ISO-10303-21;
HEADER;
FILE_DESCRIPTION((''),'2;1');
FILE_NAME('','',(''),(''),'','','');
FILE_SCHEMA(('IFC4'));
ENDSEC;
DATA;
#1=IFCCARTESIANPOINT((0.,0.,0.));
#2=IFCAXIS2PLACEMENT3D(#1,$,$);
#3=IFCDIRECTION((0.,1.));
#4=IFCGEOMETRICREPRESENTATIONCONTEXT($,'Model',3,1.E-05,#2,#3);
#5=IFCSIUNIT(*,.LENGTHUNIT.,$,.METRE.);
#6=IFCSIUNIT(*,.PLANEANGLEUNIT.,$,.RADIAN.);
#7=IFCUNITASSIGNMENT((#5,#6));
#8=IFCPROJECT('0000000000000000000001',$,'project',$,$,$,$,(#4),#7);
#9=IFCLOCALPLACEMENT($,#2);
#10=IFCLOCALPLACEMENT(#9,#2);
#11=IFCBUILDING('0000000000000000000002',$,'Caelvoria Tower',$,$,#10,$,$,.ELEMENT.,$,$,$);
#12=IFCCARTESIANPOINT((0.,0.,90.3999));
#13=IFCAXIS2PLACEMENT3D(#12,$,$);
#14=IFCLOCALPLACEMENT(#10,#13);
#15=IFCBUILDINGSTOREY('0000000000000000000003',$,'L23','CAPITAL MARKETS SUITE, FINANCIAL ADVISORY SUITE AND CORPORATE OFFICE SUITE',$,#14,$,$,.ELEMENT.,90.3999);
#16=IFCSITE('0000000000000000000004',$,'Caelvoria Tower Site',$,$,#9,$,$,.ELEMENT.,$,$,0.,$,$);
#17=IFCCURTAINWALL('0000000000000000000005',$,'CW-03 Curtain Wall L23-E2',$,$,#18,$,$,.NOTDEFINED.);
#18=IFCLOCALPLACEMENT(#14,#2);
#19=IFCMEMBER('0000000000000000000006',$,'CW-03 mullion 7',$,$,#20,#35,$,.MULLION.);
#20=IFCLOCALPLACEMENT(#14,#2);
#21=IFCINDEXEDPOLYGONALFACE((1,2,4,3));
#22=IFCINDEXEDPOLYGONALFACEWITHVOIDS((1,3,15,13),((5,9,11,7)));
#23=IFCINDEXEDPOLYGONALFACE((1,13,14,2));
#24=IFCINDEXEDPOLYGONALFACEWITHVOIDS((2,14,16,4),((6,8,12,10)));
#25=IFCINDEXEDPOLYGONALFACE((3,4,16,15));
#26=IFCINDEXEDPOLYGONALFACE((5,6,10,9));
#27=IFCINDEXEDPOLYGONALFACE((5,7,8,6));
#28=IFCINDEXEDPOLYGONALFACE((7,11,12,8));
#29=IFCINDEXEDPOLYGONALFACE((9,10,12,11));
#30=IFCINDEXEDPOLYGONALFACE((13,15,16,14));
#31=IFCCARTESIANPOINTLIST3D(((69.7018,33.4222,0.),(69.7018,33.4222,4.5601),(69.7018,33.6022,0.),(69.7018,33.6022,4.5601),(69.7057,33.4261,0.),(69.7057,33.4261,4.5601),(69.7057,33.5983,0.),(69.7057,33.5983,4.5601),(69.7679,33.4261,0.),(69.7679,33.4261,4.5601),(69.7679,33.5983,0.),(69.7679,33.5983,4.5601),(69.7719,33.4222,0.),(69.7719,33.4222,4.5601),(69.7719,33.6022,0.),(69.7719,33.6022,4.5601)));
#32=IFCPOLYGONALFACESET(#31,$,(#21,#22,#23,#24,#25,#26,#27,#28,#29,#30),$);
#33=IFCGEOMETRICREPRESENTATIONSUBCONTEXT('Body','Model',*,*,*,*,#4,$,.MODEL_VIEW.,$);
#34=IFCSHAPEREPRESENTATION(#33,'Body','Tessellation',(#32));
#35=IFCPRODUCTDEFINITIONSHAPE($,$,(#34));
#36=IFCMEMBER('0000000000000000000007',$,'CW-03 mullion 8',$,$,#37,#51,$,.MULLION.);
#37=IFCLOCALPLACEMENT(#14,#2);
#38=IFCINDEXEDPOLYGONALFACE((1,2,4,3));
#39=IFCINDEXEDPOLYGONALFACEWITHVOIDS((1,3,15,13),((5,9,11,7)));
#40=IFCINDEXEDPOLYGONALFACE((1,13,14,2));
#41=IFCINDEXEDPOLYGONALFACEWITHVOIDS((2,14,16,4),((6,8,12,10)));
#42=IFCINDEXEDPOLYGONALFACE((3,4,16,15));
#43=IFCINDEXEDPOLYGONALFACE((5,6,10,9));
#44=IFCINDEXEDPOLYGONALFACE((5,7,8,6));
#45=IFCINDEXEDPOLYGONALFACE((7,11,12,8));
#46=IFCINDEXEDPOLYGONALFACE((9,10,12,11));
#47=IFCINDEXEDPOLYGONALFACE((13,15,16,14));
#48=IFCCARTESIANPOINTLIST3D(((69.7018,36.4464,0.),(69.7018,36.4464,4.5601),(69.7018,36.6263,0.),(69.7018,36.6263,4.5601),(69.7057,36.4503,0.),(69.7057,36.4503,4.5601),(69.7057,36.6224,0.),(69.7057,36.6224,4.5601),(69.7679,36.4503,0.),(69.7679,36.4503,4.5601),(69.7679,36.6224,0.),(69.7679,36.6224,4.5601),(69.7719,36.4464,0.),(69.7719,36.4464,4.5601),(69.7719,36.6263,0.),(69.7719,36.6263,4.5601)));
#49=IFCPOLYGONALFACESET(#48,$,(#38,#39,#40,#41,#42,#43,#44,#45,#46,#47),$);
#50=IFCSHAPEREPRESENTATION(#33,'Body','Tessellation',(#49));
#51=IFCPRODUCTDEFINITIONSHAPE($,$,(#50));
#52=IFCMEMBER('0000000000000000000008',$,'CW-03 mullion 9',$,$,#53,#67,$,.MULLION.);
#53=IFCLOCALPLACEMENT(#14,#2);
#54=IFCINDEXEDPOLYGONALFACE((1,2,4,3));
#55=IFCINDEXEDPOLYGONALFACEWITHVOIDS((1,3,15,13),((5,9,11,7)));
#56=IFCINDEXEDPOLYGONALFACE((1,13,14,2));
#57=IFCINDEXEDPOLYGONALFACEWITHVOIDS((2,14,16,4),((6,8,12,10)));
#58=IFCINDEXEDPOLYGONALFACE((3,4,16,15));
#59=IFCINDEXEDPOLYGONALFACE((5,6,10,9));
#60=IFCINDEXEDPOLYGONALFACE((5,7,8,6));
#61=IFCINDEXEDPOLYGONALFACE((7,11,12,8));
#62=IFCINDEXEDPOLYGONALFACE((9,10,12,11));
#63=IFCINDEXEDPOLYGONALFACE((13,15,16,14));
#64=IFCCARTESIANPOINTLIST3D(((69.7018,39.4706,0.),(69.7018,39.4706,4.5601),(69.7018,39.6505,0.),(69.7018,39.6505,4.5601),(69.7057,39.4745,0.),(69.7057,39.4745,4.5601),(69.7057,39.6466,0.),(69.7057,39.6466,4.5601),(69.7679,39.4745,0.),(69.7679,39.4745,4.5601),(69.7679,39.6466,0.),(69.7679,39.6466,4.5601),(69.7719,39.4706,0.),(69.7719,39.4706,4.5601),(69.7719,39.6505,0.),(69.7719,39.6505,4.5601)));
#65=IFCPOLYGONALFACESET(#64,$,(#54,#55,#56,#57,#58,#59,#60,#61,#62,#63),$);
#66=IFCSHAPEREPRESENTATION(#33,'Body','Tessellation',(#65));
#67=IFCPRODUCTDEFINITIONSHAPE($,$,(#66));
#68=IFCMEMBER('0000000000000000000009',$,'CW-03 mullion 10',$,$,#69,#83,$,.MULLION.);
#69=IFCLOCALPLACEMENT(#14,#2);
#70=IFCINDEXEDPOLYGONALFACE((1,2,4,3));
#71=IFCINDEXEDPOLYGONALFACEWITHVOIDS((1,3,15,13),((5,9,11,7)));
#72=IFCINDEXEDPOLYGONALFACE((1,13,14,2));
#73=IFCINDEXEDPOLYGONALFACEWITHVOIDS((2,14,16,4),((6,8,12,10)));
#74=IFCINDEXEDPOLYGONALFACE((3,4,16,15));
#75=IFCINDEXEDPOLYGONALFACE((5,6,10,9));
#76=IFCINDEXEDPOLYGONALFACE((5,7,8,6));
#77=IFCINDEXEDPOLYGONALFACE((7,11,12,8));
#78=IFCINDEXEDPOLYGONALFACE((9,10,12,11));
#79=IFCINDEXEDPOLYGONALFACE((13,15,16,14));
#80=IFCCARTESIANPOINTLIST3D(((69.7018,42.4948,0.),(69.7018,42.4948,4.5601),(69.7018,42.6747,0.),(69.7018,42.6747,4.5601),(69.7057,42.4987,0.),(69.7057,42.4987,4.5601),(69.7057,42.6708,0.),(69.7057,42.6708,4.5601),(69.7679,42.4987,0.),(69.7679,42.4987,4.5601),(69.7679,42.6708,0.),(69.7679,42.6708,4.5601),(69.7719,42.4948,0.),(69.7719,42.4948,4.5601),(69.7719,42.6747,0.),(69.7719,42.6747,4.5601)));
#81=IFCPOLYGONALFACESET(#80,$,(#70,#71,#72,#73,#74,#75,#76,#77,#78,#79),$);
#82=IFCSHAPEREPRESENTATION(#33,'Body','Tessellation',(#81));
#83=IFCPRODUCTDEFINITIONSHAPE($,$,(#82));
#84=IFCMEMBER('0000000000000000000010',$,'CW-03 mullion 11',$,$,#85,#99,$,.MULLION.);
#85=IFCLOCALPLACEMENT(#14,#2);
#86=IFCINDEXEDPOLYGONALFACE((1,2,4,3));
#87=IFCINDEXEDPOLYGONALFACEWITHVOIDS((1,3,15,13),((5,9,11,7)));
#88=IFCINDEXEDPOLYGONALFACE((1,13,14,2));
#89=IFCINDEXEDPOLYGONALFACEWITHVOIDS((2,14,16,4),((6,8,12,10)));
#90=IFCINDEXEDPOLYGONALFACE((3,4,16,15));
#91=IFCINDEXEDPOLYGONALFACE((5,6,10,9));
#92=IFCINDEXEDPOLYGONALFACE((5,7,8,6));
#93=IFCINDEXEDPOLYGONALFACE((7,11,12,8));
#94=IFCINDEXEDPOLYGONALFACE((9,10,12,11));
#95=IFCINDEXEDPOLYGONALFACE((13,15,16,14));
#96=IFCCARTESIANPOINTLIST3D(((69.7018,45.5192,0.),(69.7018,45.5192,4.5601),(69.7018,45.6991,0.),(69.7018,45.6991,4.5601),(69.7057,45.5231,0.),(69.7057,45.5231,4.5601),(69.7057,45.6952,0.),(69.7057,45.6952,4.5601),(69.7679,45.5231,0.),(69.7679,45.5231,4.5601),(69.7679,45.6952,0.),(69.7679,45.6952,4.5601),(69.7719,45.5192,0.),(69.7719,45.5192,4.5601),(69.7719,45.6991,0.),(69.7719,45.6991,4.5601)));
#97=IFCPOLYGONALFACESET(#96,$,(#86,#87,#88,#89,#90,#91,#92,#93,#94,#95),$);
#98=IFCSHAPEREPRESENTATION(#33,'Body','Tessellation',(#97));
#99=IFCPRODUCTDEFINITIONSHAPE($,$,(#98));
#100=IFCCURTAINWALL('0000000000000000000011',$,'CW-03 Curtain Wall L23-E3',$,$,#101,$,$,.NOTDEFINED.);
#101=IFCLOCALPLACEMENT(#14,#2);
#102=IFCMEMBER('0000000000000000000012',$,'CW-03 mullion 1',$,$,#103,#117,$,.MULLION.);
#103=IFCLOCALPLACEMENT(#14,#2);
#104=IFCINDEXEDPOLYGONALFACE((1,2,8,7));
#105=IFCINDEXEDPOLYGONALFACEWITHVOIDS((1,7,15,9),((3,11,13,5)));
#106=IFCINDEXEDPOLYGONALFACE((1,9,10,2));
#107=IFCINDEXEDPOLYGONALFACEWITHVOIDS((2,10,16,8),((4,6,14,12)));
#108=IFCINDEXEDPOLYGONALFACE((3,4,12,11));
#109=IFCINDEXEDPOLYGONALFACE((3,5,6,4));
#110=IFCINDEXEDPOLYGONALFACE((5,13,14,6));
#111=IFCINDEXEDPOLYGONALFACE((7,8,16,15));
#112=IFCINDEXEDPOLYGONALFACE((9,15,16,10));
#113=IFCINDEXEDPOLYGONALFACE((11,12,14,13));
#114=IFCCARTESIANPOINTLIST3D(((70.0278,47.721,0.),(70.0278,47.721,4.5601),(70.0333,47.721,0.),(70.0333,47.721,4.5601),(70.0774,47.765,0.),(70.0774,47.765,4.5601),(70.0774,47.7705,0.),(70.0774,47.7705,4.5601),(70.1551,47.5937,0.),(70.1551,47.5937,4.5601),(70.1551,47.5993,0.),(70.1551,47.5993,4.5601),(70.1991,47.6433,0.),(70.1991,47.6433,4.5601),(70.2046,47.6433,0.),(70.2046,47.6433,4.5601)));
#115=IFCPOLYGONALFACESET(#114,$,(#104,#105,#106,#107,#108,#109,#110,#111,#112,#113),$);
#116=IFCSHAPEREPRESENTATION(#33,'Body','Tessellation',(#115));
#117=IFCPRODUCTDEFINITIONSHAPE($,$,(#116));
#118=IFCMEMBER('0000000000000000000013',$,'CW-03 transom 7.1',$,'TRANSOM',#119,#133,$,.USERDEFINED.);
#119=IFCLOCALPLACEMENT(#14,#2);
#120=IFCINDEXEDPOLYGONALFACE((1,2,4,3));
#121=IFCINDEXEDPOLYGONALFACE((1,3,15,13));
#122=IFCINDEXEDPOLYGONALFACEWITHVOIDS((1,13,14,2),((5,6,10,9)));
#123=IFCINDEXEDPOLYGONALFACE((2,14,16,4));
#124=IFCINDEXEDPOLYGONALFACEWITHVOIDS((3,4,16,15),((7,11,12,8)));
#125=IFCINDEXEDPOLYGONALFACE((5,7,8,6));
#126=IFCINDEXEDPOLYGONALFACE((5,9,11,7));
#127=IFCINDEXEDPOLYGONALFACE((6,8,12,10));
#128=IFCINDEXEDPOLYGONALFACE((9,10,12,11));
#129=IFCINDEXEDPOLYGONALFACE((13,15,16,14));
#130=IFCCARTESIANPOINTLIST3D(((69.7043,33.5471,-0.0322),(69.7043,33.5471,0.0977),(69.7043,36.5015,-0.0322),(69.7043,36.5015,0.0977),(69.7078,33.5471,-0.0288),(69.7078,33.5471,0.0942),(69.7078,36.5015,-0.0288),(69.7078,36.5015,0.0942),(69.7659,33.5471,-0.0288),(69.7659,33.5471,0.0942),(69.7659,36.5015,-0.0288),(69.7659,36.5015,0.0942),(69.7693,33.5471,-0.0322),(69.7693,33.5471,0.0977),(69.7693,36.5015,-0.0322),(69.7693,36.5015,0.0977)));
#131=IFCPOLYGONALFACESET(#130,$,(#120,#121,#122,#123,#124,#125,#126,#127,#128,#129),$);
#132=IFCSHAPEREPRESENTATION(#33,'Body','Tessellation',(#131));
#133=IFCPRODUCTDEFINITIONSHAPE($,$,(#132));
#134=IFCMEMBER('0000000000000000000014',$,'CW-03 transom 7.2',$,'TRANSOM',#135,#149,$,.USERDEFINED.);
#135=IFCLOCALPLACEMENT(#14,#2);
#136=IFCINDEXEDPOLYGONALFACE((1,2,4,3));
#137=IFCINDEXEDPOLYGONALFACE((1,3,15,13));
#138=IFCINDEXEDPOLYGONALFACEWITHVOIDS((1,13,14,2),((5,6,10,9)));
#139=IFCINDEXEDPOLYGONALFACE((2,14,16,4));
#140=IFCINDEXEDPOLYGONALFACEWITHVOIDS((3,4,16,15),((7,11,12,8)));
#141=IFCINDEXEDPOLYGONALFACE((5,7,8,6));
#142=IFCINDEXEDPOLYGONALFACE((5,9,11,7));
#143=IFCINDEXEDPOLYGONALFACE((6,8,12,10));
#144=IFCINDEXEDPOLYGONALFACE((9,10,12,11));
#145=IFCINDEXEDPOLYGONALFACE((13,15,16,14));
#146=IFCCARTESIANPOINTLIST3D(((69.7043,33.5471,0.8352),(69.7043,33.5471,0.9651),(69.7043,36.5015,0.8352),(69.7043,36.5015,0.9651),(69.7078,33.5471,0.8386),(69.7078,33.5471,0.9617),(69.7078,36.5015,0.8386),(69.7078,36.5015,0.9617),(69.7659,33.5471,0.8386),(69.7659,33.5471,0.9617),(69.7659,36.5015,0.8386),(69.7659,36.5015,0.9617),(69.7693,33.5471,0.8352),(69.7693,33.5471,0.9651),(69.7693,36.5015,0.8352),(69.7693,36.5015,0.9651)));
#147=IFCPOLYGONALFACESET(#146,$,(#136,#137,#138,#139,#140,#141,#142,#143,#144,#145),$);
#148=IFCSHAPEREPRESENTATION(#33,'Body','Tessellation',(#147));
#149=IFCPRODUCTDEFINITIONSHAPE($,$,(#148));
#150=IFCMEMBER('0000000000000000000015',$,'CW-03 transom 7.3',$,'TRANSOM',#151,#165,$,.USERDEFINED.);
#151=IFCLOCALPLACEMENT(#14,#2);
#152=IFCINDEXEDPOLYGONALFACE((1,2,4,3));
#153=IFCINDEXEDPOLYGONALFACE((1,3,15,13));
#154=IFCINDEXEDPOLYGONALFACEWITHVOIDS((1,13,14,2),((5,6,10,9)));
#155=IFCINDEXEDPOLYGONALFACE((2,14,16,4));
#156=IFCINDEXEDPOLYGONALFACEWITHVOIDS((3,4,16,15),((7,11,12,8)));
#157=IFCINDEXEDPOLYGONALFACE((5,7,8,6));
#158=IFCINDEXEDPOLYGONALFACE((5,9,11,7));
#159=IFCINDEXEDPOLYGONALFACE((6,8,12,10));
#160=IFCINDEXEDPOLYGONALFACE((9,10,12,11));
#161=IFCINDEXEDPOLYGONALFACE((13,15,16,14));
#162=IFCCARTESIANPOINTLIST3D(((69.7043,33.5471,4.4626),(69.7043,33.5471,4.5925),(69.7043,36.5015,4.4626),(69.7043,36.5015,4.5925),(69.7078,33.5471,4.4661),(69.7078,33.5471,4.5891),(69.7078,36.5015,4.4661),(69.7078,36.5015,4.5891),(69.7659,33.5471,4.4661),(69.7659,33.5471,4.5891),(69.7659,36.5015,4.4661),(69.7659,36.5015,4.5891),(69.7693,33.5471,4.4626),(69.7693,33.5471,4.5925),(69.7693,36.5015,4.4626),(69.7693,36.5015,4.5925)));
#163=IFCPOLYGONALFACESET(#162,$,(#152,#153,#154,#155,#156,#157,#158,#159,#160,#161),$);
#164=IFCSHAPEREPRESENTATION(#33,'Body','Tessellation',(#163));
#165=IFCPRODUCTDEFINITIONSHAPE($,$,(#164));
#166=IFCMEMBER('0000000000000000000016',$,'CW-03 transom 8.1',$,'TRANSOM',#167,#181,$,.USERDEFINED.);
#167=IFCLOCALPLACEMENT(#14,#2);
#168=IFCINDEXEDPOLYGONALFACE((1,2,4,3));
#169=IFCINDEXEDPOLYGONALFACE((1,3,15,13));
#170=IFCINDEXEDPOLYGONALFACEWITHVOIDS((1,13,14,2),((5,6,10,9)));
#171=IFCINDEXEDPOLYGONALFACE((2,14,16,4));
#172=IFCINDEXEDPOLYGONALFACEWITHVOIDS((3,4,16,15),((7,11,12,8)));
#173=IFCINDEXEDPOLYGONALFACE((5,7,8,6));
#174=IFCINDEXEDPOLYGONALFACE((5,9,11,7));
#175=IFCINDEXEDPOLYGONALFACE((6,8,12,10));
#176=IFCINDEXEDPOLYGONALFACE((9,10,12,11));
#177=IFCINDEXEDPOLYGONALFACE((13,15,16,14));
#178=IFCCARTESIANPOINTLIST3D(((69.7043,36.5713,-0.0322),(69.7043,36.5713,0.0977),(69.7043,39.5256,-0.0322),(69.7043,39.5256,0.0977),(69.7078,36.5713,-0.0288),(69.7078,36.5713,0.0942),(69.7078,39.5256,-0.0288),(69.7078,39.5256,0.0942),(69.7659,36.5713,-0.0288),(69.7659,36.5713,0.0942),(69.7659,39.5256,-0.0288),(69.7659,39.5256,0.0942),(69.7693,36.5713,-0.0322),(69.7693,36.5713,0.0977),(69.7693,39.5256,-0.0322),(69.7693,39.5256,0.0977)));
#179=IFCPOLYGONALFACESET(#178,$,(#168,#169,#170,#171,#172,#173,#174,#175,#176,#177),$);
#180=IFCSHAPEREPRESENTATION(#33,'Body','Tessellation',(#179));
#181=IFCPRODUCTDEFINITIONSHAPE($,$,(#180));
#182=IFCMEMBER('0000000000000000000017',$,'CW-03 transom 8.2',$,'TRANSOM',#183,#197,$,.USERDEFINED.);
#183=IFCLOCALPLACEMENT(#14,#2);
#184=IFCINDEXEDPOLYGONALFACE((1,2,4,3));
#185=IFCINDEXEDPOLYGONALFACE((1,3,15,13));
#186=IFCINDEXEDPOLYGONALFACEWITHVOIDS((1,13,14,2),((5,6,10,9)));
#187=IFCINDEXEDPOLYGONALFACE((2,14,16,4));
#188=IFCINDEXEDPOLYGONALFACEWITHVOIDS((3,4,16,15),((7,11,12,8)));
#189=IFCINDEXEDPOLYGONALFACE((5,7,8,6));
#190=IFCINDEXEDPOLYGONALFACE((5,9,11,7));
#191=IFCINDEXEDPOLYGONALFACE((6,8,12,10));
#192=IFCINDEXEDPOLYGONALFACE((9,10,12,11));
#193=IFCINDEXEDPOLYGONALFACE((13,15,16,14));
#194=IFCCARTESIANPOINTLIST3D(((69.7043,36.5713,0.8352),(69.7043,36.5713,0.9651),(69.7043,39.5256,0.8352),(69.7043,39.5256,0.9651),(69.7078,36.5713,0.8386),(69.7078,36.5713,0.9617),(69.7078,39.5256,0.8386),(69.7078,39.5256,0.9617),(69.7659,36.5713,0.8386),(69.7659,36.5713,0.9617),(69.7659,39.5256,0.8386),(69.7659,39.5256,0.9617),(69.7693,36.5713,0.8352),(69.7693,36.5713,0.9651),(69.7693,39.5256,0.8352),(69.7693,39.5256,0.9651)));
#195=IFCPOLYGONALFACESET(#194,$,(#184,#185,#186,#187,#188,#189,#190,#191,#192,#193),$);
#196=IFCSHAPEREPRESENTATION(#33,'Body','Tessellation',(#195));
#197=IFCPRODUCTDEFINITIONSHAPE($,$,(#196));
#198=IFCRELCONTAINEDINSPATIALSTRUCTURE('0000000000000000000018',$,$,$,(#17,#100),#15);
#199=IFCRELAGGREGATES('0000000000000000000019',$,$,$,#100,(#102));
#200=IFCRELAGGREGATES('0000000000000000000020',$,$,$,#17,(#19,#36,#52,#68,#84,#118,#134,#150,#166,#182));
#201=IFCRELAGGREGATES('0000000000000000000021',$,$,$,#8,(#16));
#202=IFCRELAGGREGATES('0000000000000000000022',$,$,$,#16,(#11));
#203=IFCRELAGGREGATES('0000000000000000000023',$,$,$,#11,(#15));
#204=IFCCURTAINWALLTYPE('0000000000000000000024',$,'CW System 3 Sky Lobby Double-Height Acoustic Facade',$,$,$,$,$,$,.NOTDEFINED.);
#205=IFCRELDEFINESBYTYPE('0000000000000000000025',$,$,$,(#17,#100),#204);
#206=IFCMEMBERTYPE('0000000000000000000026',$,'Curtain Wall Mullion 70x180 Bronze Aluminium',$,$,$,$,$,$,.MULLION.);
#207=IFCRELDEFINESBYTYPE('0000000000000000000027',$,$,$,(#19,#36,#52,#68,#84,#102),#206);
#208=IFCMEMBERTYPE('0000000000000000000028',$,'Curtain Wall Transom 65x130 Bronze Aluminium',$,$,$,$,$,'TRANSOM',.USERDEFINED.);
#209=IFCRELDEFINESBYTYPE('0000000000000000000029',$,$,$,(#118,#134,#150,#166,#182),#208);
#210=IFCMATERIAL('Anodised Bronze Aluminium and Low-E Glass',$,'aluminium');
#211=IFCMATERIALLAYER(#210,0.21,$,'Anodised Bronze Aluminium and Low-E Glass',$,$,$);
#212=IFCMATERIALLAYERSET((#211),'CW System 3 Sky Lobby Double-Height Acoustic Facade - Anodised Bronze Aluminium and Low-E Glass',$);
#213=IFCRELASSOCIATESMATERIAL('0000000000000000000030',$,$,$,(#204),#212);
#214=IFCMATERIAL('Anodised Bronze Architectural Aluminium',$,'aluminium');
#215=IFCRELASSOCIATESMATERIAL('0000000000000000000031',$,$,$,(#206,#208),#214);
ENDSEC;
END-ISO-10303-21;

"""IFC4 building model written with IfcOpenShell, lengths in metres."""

from ifc_helpers import new_model, si_unit, direction, frame, origin, origin_2d, place, context, subcontext, project, spatial, hollow_rectangle, extrude, material, layer, layer_set, material_profile, profile_set, type_object, element, aggregate, save


model = new_model("IFC4")

# Units and contexts
model_context = context("Model", 3, precision=1e-05, world=origin(), true_north=direction((0.0, 1.0)))
body_context = subcontext(model_context, "Body", "Model", "MODEL_VIEW")
ifc_project = project(units=[si_unit("LENGTHUNIT", "METRE"), si_unit("PLANEANGLEUNIT", "RADIAN")], contexts=[model_context])

# Site, building, storey
site_placement = place(None, origin())
site = spatial("IfcSite", under=ifc_project, at=site_placement, Name="Caelvoria Tower Site", CompositionType="ELEMENT", RefElevation=0.0)
building_placement = place(site_placement, origin())
building = spatial("IfcBuilding", under=site, at=building_placement, Name="Caelvoria Tower", CompositionType="ELEMENT")
storey_placement = place(building_placement, frame((0.0, 0.0, 90.3999)))
storey = spatial("IfcBuildingStorey", under=building, at=storey_placement, Name="L23", Description="CAPITAL MARKETS SUITE, FINANCIAL ADVISORY SUITE AND CORPORATE OFFICE SUITE", CompositionType="ELEMENT", Elevation=90.3999)

# Curtain wall, members
ifc_material_1 = material(Name="Anodised Bronze Aluminium and Low-E Glass", Category="aluminium")
ifc_layer_1 = layer(ifc_material_1, 0.21, Name="Anodised Bronze Aluminium and Low-E Glass")
ifc_layer_set_1 = layer_set([ifc_layer_1], Name="CW System 3 Sky Lobby Double-Height Acoustic Facade - Anodised Bronze Aluminium and Low-E Glass")
curtain_wall_type = type_object("IfcCurtainWallType", Name="CW System 3 Sky Lobby Double-Height Acoustic Facade", PredefinedType="NOTDEFINED", material=ifc_layer_set_1)
curtain_wall_1_placement = place(storey_placement, origin())
curtain_wall_1 = element("IfcCurtainWall", 1, at=curtain_wall_1_placement, inside=storey, type_object=curtain_wall_type, Name="CW-03 Curtain Wall L23-E2", PredefinedType="NOTDEFINED")
ifc_material_2 = material(Name="Anodised Bronze Architectural Aluminium", Category="aluminium")
ifc_material_profile_1 = material_profile(ifc_material_2, hollow_rectangle(XDim=0.0701, YDim=0.1799, WallThickness=0.0039, at=origin_2d()), Name="Anodised Bronze Architectural Aluminium")
ifc_profile_set_1 = profile_set([ifc_material_profile_1], Name="CW_MULL_70X180 - Anodised Bronze Architectural Aluminium")
member_type_1 = type_object("IfcMemberType", Name="Curtain Wall Mullion 70x180 Bronze Aluminium", PredefinedType="MULLION", material=ifc_profile_set_1)
member_1_placement = place(storey_placement, frame((69.7368, 33.5122, 0.0), z_axis=(0.0, 0.0, 1.0), x_axis=(-1.0, 0.0, 0.0)))
member_1 = element("IfcMember", 2, at=member_1_placement, type_object=member_type_1, Name="CW-03 mullion 7", PredefinedType="MULLION", context=body_context, shape_type="SweptSolid", body=[
    extrude(hollow_rectangle(XDim=0.0701, YDim=0.1799, WallThickness=0.0039, at=origin_2d()), origin(), (0.0, 0.0, 1.0), 4.5601),
])
member_2_placement = place(storey_placement, frame((69.7368, 36.5364, 0.0), z_axis=(0.0, 0.0, 1.0), x_axis=(-1.0, 0.0, 0.0)))
member_2 = element("IfcMember", 3, at=member_2_placement, type_object=member_type_1, Name="CW-03 mullion 8", PredefinedType="MULLION", context=body_context, shape_type="SweptSolid", body=[
    extrude(hollow_rectangle(XDim=0.0701, YDim=0.1799, WallThickness=0.0039, at=origin_2d()), origin(), (0.0, 0.0, 1.0), 4.5601),
])
member_3_placement = place(storey_placement, frame((69.7368, 39.5605, 0.0), z_axis=(0.0, 0.0, 1.0), x_axis=(-1.0, 0.0, 0.0)))
member_3 = element("IfcMember", 4, at=member_3_placement, type_object=member_type_1, Name="CW-03 mullion 9", PredefinedType="MULLION", context=body_context, shape_type="SweptSolid", body=[
    extrude(hollow_rectangle(XDim=0.0701, YDim=0.1799, WallThickness=0.0039, at=origin_2d()), origin(), (0.0, 0.0, 1.0), 4.5601),
])
member_4_placement = place(storey_placement, frame((69.7368, 42.5847, 0.0), z_axis=(0.0, 0.0, 1.0), x_axis=(-1.0, 0.0, 0.0)))
member_4 = element("IfcMember", 5, at=member_4_placement, type_object=member_type_1, Name="CW-03 mullion 10", PredefinedType="MULLION", context=body_context, shape_type="SweptSolid", body=[
    extrude(hollow_rectangle(XDim=0.0701, YDim=0.1799, WallThickness=0.0039, at=origin_2d()), origin(), (0.0, 0.0, 1.0), 4.5601),
])
member_5_placement = place(storey_placement, frame((69.7368, 45.6091, 0.0), z_axis=(0.0, 0.0, 1.0), x_axis=(-1.0, 0.0, 0.0)))
member_5 = element("IfcMember", 6, at=member_5_placement, type_object=member_type_1, Name="CW-03 mullion 11", PredefinedType="MULLION", context=body_context, shape_type="SweptSolid", body=[
    extrude(hollow_rectangle(XDim=0.0701, YDim=0.1799, WallThickness=0.0039, at=origin_2d()), origin(), (0.0, 0.0, 1.0), 4.5601),
])

# Curtain wall, member
curtain_wall_2_placement = place(storey_placement, origin())
curtain_wall_2 = element("IfcCurtainWall", 7, at=curtain_wall_2_placement, inside=storey, type_object=curtain_wall_type, Name="CW-03 Curtain Wall L23-E3", PredefinedType="NOTDEFINED")
member_6_placement = place(storey_placement, frame((70.1162, 47.6821, 0.0), z_axis=(0.0, 0.0, 1.0), x_axis=(-0.707107, -0.707107, 0.0)))
member_6 = element("IfcMember", 8, at=member_6_placement, type_object=member_type_1, Name="CW-03 mullion 1", PredefinedType="MULLION", context=body_context, shape_type="SweptSolid", body=[
    extrude(hollow_rectangle(XDim=0.0701, YDim=0.1799, WallThickness=0.0039, at=origin_2d()), origin(), (0.0, 0.0, 1.0), 4.5601),
])
aggregate(curtain_wall_2, [member_6])

# Members
ifc_material_profile_2 = material_profile(ifc_material_2, hollow_rectangle(XDim=0.0649, YDim=0.1299, WallThickness=0.0034, at=origin_2d()), Name="Anodised Bronze Architectural Aluminium")
ifc_profile_set_2 = profile_set([ifc_material_profile_2], Name="CW_TRAN_65X130 - Anodised Bronze Architectural Aluminium")
member_type_2 = type_object("IfcMemberType", Name="Curtain Wall Transom 65x130 Bronze Aluminium", ElementType="TRANSOM", PredefinedType="USERDEFINED", material=ifc_profile_set_2)
member_7_placement = place(storey_placement, frame((69.7368, 33.5471, 0.0327), z_axis=(0.0, 1.0, 0.0), x_axis=(-1.0, 0.0, 0.0)))
member_7 = element("IfcMember", 9, at=member_7_placement, type_object=member_type_2, Name="CW-03 transom 7.1", ObjectType="TRANSOM", PredefinedType="USERDEFINED", context=body_context, shape_type="SweptSolid", body=[
    extrude(hollow_rectangle(XDim=0.0649, YDim=0.1299, WallThickness=0.0034, at=origin_2d()), origin(), (0.0, 0.0, 1.0), 2.9543),
])
member_8_placement = place(storey_placement, frame((69.7368, 33.5471, 0.9001), z_axis=(0.0, 1.0, 0.0), x_axis=(-1.0, 0.0, 0.0)))
member_8 = element("IfcMember", 10, at=member_8_placement, type_object=member_type_2, Name="CW-03 transom 7.2", ObjectType="TRANSOM", PredefinedType="USERDEFINED", context=body_context, shape_type="SweptSolid", body=[
    extrude(hollow_rectangle(XDim=0.0649, YDim=0.1299, WallThickness=0.0034, at=origin_2d()), origin(), (0.0, 0.0, 1.0), 2.9543),
])
member_9_placement = place(storey_placement, frame((69.7368, 33.5471, 4.5276), z_axis=(0.0, 1.0, 0.0), x_axis=(-1.0, 0.0, 0.0)))
member_9 = element("IfcMember", 11, at=member_9_placement, type_object=member_type_2, Name="CW-03 transom 7.3", ObjectType="TRANSOM", PredefinedType="USERDEFINED", context=body_context, shape_type="SweptSolid", body=[
    extrude(hollow_rectangle(XDim=0.0649, YDim=0.1299, WallThickness=0.0034, at=origin_2d()), origin(), (0.0, 0.0, 1.0), 2.9543),
])
member_10_placement = place(storey_placement, frame((69.7368, 36.5713, 0.0327), z_axis=(0.0, 1.0, 0.0), x_axis=(-1.0, 0.0, 0.0)))
member_10 = element("IfcMember", 12, at=member_10_placement, type_object=member_type_2, Name="CW-03 transom 8.1", ObjectType="TRANSOM", PredefinedType="USERDEFINED", context=body_context, shape_type="SweptSolid", body=[
    extrude(hollow_rectangle(XDim=0.0649, YDim=0.1299, WallThickness=0.0034, at=origin_2d()), origin(), (0.0, 0.0, 1.0), 2.9543),
])
member_11_placement = place(storey_placement, frame((69.7368, 36.5713, 0.9001), z_axis=(0.0, 1.0, 0.0), x_axis=(-1.0, 0.0, 0.0)))
member_11 = element("IfcMember", 13, at=member_11_placement, type_object=member_type_2, Name="CW-03 transom 8.2", ObjectType="TRANSOM", PredefinedType="USERDEFINED", context=body_context, shape_type="SweptSolid", body=[
    extrude(hollow_rectangle(XDim=0.0649, YDim=0.1299, WallThickness=0.0034, at=origin_2d()), origin(), (0.0, 0.0, 1.0), 2.9543),
])

aggregate(curtain_wall_1, [member_1, member_2, member_3, member_4, member_5, member_7, member_8, member_9, member_10, member_11])

save(model, "model.ifc")
